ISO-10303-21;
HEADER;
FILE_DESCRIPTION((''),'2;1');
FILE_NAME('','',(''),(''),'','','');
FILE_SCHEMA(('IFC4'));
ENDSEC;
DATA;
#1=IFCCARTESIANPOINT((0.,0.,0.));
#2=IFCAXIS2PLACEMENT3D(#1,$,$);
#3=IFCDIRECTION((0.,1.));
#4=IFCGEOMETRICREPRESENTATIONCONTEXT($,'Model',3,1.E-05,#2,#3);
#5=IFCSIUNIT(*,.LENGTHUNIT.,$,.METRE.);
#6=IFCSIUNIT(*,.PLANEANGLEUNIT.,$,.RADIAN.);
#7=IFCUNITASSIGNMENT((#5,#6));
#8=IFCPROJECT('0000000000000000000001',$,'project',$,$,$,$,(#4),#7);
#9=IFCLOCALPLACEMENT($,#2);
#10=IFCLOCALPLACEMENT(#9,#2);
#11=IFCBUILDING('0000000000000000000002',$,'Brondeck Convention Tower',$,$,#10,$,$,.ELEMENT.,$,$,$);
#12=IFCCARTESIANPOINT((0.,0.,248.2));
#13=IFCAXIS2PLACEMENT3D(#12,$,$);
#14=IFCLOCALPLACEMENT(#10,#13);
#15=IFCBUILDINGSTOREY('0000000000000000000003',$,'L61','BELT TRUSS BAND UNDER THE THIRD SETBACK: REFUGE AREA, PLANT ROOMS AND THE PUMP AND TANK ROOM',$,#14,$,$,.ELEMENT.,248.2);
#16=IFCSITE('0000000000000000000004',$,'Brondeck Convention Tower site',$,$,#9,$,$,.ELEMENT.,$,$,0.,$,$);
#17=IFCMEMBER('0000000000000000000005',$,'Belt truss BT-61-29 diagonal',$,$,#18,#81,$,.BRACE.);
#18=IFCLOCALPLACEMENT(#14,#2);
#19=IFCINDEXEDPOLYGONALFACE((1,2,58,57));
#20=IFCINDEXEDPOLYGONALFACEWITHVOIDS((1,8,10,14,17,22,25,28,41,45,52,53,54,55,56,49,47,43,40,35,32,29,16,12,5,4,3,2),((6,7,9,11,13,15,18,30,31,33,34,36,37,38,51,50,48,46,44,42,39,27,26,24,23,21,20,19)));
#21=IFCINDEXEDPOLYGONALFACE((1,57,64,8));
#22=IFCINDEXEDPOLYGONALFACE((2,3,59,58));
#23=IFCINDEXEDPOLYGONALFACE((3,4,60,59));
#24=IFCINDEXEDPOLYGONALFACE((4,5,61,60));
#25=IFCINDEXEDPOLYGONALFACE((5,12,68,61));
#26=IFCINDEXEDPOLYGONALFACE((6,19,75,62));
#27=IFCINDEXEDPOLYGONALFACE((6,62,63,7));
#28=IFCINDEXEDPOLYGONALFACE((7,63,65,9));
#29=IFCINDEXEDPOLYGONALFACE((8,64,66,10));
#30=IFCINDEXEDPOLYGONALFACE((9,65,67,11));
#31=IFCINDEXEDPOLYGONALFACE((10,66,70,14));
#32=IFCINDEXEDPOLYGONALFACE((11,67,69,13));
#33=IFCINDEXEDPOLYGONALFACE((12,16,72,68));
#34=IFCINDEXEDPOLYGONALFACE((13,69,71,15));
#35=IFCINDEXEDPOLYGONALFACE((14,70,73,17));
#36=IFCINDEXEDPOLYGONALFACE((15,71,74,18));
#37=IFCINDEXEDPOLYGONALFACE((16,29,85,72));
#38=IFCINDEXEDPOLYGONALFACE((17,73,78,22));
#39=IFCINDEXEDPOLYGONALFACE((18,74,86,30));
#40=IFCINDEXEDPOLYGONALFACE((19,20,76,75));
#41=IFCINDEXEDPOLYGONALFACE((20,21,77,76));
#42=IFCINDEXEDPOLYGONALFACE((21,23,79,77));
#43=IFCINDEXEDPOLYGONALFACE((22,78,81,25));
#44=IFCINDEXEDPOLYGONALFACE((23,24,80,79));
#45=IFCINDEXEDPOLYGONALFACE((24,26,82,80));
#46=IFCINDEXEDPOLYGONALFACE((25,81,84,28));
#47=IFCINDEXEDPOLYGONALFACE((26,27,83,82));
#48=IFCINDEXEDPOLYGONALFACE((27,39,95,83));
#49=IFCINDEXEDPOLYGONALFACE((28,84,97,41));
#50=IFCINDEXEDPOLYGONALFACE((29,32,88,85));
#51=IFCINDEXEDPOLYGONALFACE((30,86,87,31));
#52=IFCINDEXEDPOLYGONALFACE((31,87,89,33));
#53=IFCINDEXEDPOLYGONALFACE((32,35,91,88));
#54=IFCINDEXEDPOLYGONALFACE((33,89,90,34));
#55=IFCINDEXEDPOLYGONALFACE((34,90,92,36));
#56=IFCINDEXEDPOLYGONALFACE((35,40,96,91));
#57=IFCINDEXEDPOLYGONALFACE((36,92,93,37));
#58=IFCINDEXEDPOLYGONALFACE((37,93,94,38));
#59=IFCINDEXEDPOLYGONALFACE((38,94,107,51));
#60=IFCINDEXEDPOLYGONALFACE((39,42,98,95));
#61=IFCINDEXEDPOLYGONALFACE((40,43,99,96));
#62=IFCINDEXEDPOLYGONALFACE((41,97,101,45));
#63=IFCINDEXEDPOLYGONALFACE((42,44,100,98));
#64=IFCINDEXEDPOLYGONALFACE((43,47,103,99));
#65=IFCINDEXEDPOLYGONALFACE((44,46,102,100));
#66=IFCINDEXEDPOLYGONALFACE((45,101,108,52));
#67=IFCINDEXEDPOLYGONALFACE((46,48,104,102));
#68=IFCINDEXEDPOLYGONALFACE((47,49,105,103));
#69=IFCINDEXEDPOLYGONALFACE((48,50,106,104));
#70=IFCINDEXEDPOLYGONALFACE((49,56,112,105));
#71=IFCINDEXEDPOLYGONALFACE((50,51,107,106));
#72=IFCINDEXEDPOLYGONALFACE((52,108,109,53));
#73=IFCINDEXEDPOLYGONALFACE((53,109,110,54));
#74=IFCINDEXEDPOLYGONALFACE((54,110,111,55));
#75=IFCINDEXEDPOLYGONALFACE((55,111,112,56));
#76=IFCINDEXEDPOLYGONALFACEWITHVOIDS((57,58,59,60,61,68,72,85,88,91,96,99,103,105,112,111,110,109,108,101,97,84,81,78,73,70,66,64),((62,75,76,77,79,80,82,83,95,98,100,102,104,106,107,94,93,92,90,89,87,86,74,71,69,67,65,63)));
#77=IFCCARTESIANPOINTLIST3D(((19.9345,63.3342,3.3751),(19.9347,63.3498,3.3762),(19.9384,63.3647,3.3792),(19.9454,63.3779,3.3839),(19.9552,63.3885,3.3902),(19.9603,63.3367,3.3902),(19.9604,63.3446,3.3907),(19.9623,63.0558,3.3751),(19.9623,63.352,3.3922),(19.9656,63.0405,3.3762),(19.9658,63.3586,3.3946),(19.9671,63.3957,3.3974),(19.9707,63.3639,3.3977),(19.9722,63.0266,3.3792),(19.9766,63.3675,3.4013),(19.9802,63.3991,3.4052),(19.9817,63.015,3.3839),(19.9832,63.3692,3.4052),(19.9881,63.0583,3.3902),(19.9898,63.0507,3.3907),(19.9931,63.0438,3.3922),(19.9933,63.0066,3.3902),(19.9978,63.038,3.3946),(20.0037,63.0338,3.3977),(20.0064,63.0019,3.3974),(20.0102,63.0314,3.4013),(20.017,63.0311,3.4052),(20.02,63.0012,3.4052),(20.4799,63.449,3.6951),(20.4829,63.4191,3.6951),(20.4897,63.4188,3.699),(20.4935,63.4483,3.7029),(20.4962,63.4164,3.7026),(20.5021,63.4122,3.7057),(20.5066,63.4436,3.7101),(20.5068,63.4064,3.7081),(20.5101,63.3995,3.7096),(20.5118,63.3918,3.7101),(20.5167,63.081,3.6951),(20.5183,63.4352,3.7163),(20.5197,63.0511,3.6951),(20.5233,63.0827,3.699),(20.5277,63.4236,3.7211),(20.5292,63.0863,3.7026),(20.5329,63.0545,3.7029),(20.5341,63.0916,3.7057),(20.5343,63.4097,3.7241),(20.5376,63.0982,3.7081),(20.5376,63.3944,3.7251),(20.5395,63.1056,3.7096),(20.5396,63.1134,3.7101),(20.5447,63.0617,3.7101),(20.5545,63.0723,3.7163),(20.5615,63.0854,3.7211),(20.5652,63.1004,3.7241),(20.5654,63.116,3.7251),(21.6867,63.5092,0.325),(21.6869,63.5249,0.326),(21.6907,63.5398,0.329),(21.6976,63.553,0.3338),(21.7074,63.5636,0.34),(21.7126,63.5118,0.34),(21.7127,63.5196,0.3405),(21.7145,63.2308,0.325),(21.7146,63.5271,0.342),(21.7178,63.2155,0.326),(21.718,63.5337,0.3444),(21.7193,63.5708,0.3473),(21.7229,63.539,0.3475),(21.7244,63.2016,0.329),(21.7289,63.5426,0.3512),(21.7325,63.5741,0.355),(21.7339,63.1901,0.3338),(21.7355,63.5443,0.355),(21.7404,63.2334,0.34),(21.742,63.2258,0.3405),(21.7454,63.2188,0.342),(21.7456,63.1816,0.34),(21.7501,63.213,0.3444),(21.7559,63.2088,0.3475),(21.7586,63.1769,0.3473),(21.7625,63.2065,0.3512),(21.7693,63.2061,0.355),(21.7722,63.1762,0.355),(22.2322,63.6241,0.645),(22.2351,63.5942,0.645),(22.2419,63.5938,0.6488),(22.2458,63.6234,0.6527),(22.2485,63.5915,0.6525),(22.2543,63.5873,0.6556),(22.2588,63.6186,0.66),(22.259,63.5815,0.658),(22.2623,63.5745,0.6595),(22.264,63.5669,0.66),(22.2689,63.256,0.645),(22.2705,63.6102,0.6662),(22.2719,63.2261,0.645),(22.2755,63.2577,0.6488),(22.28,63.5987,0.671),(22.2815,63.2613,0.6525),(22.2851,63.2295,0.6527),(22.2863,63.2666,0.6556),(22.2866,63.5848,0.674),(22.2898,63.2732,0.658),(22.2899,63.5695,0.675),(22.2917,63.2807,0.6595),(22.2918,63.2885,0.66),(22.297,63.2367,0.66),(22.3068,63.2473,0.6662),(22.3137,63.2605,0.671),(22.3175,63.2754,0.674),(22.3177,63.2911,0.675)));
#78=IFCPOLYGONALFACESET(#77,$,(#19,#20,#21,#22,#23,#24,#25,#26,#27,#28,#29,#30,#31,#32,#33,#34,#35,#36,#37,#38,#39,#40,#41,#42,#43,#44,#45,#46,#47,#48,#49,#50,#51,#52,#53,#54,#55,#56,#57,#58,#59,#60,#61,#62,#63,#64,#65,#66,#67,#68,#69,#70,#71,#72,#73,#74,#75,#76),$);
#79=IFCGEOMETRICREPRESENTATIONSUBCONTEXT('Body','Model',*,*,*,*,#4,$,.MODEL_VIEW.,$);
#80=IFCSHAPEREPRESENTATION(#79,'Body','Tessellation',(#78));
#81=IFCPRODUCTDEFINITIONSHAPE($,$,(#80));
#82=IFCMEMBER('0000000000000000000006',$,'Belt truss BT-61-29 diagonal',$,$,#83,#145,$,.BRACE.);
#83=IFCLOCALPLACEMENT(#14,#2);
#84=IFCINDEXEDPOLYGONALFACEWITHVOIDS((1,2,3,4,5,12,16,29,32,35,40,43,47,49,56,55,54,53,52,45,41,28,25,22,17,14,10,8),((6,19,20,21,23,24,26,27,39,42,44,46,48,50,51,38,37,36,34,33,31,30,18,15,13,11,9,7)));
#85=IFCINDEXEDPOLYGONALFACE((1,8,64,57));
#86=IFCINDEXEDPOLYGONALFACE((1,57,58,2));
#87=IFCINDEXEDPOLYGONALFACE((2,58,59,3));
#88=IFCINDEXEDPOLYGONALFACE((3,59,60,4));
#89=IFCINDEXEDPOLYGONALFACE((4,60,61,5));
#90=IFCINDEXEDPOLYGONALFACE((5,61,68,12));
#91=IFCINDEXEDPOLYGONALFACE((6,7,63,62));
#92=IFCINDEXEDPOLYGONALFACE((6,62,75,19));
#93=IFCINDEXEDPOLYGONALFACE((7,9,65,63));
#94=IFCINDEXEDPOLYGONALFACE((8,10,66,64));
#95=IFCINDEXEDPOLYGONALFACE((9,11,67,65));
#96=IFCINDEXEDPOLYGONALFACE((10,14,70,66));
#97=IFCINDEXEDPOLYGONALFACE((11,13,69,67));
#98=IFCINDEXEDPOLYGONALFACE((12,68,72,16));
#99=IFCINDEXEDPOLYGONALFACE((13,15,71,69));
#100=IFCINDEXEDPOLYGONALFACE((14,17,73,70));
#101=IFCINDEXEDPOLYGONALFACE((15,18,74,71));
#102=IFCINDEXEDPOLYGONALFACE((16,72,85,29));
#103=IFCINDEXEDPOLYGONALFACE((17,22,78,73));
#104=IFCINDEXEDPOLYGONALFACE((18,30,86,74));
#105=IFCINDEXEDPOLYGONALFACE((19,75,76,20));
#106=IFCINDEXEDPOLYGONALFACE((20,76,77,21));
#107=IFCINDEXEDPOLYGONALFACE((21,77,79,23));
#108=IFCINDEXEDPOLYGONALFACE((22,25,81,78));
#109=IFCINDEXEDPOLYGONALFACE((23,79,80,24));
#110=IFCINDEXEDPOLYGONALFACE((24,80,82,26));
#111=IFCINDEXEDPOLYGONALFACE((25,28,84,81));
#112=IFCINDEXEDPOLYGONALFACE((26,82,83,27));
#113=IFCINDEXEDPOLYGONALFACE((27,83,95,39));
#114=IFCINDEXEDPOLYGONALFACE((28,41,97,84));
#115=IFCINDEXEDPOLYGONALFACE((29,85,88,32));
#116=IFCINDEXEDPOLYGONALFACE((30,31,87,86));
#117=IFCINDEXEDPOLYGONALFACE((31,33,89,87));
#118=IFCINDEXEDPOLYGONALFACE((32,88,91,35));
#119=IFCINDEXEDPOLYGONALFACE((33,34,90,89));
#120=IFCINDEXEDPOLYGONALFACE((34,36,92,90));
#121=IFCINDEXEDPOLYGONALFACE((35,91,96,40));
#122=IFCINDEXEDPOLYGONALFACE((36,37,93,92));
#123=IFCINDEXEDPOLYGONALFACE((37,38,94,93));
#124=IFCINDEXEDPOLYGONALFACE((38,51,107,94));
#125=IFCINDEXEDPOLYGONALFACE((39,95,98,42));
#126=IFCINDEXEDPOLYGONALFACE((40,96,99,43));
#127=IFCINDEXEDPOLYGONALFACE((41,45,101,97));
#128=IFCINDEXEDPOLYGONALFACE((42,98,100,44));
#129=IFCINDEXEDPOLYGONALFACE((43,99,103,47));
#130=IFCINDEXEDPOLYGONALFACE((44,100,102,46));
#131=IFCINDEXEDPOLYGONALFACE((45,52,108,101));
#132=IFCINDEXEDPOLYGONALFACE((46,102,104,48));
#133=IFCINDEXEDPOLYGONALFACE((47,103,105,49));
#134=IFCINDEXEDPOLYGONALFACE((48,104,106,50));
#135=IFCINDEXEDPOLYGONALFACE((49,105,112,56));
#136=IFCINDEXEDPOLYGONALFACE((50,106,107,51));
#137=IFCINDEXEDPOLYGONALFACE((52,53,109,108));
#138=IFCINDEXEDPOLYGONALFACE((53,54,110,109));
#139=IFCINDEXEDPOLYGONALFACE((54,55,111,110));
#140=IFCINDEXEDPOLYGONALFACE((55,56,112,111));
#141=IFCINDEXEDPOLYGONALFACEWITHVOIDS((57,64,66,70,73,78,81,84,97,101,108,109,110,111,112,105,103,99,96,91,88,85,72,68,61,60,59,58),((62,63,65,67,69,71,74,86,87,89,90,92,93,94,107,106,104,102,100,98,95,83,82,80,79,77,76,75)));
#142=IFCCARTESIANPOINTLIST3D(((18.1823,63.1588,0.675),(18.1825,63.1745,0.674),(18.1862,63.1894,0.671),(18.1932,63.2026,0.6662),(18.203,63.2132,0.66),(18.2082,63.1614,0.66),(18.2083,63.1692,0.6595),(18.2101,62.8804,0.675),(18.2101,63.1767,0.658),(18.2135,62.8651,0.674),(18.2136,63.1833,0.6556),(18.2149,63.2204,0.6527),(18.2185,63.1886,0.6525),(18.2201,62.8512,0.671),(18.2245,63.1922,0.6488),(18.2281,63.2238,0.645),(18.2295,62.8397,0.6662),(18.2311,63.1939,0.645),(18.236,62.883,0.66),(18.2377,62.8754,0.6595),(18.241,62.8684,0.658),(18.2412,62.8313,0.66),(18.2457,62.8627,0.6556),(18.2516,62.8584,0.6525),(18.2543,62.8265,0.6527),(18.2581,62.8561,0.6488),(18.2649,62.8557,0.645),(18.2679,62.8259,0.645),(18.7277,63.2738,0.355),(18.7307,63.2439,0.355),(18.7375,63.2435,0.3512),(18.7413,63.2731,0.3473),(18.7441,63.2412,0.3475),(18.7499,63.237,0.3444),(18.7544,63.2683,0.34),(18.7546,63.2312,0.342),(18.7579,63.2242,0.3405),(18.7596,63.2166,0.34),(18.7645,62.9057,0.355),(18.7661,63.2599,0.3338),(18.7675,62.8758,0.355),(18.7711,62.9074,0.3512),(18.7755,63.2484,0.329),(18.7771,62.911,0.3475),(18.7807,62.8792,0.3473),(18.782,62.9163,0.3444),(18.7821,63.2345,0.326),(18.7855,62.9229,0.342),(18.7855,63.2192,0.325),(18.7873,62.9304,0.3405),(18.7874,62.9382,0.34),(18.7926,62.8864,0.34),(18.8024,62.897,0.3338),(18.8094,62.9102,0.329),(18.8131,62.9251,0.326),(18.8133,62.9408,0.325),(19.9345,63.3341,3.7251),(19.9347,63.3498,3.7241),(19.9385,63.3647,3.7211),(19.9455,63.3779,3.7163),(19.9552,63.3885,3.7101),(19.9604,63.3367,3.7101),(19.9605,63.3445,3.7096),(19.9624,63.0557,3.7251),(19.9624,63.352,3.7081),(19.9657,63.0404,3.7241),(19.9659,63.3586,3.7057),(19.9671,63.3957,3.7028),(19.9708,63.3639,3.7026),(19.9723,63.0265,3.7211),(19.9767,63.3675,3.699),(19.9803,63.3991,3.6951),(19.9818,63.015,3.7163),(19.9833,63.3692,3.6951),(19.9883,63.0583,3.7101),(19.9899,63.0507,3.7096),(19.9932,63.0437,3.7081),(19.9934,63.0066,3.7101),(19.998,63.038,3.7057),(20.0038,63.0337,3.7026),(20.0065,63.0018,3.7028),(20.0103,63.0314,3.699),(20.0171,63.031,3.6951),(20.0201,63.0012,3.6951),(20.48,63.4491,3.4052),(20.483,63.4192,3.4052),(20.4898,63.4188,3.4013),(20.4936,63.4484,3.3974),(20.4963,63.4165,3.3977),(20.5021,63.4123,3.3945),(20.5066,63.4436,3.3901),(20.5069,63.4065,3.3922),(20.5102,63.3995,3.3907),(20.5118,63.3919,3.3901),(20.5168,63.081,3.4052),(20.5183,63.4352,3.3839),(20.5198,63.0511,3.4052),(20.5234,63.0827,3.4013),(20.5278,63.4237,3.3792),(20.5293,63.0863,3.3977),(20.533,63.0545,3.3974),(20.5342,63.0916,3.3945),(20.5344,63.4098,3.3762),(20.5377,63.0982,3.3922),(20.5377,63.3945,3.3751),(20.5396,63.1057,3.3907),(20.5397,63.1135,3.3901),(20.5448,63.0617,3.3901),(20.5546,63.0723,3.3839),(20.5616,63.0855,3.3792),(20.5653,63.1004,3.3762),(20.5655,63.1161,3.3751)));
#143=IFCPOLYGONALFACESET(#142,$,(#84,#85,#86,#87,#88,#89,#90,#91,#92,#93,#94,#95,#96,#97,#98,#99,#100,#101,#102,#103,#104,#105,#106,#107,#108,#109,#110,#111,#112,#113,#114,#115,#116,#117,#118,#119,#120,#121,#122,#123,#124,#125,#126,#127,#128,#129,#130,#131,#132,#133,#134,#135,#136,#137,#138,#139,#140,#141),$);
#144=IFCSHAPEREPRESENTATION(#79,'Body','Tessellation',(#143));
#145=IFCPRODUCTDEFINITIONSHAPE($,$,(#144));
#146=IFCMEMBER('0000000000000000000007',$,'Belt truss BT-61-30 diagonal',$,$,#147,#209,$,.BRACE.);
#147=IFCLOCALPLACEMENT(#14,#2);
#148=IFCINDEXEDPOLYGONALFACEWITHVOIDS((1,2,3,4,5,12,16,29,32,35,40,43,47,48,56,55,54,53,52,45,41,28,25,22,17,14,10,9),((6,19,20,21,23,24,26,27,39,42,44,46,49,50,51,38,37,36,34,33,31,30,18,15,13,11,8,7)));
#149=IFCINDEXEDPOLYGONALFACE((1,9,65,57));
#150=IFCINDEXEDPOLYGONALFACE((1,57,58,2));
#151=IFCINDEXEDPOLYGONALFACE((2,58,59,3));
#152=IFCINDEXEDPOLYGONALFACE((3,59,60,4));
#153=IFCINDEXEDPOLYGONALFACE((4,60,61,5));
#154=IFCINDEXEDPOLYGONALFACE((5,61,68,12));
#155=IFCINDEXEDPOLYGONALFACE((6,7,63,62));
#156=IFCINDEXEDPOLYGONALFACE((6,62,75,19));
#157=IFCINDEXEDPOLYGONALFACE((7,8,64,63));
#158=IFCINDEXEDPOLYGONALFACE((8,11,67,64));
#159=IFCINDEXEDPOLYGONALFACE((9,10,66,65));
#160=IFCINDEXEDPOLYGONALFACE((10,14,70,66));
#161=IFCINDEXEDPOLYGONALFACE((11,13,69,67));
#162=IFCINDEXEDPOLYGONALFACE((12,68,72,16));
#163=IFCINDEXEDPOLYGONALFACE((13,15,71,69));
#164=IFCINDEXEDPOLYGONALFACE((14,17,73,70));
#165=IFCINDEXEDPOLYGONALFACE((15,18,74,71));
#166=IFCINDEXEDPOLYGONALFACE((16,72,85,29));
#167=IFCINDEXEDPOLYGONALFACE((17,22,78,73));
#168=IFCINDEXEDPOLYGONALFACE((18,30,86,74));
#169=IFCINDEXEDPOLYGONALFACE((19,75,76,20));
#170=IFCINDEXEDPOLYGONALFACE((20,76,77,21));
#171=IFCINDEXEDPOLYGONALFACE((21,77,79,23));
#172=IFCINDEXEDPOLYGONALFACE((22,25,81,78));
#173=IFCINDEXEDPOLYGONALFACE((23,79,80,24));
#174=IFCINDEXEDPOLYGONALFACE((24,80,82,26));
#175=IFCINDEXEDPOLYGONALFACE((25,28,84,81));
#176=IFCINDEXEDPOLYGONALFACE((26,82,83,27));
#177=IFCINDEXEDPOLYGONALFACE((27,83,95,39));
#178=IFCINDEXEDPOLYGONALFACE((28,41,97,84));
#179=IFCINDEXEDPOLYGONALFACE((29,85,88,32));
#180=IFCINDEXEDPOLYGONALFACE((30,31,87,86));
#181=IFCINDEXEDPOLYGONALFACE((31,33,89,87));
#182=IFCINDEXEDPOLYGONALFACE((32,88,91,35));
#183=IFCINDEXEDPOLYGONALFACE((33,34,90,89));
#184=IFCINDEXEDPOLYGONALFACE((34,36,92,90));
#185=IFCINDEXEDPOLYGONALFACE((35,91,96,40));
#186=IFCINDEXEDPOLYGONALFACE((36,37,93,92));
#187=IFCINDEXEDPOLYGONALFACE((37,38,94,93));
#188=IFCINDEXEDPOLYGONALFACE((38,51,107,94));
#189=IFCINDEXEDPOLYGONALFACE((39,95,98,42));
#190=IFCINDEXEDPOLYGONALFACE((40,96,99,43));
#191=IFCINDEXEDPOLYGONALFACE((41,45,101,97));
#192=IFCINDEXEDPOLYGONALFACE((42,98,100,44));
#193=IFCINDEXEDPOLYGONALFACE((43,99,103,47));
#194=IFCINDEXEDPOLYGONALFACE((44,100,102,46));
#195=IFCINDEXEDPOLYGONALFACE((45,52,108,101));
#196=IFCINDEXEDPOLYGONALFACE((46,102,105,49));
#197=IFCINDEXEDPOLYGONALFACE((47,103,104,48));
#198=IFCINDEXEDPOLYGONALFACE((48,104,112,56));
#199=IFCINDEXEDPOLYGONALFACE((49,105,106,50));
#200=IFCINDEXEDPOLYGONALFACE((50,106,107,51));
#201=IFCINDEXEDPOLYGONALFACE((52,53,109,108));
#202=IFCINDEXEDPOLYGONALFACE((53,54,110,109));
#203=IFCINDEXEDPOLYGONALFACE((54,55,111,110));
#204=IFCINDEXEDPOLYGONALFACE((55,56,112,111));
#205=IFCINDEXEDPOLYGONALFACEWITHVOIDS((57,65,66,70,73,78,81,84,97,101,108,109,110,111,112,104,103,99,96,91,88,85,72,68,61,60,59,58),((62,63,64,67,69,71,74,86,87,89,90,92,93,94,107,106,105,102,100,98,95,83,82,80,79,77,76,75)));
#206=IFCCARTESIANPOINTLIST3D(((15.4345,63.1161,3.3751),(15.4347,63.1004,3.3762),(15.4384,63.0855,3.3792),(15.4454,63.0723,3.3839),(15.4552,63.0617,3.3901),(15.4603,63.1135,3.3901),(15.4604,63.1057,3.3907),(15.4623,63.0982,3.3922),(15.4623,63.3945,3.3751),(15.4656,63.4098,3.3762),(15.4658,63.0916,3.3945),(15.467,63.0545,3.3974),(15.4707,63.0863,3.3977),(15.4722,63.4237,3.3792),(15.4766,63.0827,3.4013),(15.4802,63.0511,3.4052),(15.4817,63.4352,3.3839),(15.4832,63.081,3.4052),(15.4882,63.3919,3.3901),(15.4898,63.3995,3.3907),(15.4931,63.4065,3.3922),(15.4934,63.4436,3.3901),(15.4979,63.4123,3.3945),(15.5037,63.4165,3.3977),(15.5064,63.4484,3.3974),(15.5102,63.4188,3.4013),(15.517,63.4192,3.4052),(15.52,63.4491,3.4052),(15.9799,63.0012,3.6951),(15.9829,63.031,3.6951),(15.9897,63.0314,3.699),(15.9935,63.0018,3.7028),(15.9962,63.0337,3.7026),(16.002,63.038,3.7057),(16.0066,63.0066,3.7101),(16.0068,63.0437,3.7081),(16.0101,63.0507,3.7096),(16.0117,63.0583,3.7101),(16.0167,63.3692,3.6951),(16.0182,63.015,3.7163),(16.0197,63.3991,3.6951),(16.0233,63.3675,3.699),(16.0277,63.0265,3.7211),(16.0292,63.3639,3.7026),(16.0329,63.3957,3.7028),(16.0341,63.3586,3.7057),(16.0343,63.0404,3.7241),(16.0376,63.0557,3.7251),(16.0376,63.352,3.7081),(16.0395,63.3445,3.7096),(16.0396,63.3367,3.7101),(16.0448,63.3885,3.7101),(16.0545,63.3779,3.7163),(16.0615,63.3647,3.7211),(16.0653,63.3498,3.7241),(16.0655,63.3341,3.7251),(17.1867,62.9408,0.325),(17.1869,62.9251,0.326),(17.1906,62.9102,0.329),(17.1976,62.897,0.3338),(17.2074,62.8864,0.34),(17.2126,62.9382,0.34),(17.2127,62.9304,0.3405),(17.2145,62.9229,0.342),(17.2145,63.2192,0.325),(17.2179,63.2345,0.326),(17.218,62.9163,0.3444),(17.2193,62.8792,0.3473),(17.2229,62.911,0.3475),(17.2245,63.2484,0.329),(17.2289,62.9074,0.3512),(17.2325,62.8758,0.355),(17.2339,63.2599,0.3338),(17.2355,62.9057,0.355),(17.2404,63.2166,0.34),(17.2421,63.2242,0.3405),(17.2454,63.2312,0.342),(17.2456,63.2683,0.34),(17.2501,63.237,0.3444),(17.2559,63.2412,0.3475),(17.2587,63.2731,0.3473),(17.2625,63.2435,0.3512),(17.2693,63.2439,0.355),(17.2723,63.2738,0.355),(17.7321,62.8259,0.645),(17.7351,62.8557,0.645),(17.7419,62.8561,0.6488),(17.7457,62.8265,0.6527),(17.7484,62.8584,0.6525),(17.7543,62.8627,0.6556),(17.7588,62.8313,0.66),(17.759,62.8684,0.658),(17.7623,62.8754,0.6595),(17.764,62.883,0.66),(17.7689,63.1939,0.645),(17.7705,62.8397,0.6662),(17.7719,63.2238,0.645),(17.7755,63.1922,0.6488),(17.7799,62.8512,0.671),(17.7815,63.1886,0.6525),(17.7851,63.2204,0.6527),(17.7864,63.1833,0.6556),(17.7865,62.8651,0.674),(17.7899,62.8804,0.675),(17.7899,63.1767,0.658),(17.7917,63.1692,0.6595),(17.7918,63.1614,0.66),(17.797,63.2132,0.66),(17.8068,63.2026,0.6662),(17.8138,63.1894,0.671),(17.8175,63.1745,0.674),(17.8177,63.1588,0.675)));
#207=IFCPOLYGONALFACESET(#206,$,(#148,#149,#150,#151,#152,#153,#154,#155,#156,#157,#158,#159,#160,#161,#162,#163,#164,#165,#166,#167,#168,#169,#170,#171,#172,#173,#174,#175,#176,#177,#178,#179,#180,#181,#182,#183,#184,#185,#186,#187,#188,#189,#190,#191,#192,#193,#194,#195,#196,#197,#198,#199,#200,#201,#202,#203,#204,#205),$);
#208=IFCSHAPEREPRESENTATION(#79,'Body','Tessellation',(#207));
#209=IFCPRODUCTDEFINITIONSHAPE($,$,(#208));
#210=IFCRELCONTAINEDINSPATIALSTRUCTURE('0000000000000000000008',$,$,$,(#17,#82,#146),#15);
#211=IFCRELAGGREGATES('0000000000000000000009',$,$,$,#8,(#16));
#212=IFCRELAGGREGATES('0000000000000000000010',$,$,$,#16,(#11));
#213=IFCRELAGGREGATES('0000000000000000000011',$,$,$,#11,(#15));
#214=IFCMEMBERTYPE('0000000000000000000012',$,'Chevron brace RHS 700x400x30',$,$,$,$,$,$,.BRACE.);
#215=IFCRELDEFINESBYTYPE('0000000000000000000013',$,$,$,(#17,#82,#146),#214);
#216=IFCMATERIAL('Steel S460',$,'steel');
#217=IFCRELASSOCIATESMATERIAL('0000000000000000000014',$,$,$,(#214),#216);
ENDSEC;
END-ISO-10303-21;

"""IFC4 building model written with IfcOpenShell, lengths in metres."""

from ifc_helpers import new_model, si_unit, direction, frame, origin, origin_2d, place, context, subcontext, project, spatial, hollow_rectangle, extrude, material, material_profile, profile_set, type_object, element, save


model = new_model("IFC4")

# Units and contexts
model_context = context("Model", 3, precision=1e-05, world=origin(), true_north=direction((0.0, 1.0)))
body_context = subcontext(model_context, "Body", "Model", "MODEL_VIEW")
ifc_project = project(units=[si_unit("LENGTHUNIT", "METRE"), si_unit("PLANEANGLEUNIT", "RADIAN")], contexts=[model_context])

# Site, building, storey
site_placement = place(None, origin())
site = spatial("IfcSite", under=ifc_project, at=site_placement, Name="Brondeck Convention Tower site", CompositionType="ELEMENT", RefElevation=0.0)
building_placement = place(site_placement, origin())
building = spatial("IfcBuilding", under=site, at=building_placement, Name="Brondeck Convention Tower", CompositionType="ELEMENT")
storey_placement = place(building_placement, frame((0.0, 0.0, 248.2)))
storey = spatial("IfcBuildingStorey", under=building, at=storey_placement, Name="L61", Description="BELT TRUSS BAND UNDER THE THIRD SETBACK: REFUGE AREA, PLANT ROOMS AND THE PUMP AND TANK ROOM", CompositionType="ELEMENT", Elevation=248.2)

# Members
ifc_material_1 = material(Name="Steel S460", Category="steel")
ifc_material_profile_1 = material_profile(ifc_material_1, hollow_rectangle(XDim=0.3999, YDim=0.7, WallThickness=0.03, InnerFilletRadius=0.03, OuterFilletRadius=0.0601, at=origin_2d()), Name="RHS 700x400x30")
ifc_profile_set_1 = profile_set([ifc_material_profile_1], Name="Steel S460")
member_type_1 = type_object("IfcMemberType", Name="Chevron brace RHS 700x400x30", PredefinedType="BRACE", material=ifc_profile_set_1)
for number, where, z_axis, x_axis, name in (
    (1, (22.0022, 63.4001, 0.5), (-0.497518, -0.049703, 0.866029), (0.099408, -0.995047, 0.0), "Belt truss BT-61-29 diagonal"),
    (2, (18.4978, 63.0498, 0.5), (0.497516, 0.049772, 0.866026), (-0.099545, 0.995033, 0.0), "Belt truss BT-61-29 diagonal"),
    (3, (17.5022, 63.0498, 0.5), (-0.497516, 0.049772, 0.866026), (-0.099545, -0.995033, 0.0), "Belt truss BT-61-30 diagonal"),
):
    element("IfcMember", number, at=place(storey_placement, frame(where, z_axis=z_axis, x_axis=x_axis)), inside=storey, type_object=member_type_1, Name=name, PredefinedType="BRACE", context=body_context, shape_type="SweptSolid", body=[
        extrude(hollow_rectangle(XDim=0.3999, YDim=0.7, WallThickness=0.03, InnerFilletRadius=0.03, OuterFilletRadius=0.0601, at=origin_2d()), origin(), (0.0, 0.0, 1.0), 3.522),
    ])

save(model, "model.ifc")
